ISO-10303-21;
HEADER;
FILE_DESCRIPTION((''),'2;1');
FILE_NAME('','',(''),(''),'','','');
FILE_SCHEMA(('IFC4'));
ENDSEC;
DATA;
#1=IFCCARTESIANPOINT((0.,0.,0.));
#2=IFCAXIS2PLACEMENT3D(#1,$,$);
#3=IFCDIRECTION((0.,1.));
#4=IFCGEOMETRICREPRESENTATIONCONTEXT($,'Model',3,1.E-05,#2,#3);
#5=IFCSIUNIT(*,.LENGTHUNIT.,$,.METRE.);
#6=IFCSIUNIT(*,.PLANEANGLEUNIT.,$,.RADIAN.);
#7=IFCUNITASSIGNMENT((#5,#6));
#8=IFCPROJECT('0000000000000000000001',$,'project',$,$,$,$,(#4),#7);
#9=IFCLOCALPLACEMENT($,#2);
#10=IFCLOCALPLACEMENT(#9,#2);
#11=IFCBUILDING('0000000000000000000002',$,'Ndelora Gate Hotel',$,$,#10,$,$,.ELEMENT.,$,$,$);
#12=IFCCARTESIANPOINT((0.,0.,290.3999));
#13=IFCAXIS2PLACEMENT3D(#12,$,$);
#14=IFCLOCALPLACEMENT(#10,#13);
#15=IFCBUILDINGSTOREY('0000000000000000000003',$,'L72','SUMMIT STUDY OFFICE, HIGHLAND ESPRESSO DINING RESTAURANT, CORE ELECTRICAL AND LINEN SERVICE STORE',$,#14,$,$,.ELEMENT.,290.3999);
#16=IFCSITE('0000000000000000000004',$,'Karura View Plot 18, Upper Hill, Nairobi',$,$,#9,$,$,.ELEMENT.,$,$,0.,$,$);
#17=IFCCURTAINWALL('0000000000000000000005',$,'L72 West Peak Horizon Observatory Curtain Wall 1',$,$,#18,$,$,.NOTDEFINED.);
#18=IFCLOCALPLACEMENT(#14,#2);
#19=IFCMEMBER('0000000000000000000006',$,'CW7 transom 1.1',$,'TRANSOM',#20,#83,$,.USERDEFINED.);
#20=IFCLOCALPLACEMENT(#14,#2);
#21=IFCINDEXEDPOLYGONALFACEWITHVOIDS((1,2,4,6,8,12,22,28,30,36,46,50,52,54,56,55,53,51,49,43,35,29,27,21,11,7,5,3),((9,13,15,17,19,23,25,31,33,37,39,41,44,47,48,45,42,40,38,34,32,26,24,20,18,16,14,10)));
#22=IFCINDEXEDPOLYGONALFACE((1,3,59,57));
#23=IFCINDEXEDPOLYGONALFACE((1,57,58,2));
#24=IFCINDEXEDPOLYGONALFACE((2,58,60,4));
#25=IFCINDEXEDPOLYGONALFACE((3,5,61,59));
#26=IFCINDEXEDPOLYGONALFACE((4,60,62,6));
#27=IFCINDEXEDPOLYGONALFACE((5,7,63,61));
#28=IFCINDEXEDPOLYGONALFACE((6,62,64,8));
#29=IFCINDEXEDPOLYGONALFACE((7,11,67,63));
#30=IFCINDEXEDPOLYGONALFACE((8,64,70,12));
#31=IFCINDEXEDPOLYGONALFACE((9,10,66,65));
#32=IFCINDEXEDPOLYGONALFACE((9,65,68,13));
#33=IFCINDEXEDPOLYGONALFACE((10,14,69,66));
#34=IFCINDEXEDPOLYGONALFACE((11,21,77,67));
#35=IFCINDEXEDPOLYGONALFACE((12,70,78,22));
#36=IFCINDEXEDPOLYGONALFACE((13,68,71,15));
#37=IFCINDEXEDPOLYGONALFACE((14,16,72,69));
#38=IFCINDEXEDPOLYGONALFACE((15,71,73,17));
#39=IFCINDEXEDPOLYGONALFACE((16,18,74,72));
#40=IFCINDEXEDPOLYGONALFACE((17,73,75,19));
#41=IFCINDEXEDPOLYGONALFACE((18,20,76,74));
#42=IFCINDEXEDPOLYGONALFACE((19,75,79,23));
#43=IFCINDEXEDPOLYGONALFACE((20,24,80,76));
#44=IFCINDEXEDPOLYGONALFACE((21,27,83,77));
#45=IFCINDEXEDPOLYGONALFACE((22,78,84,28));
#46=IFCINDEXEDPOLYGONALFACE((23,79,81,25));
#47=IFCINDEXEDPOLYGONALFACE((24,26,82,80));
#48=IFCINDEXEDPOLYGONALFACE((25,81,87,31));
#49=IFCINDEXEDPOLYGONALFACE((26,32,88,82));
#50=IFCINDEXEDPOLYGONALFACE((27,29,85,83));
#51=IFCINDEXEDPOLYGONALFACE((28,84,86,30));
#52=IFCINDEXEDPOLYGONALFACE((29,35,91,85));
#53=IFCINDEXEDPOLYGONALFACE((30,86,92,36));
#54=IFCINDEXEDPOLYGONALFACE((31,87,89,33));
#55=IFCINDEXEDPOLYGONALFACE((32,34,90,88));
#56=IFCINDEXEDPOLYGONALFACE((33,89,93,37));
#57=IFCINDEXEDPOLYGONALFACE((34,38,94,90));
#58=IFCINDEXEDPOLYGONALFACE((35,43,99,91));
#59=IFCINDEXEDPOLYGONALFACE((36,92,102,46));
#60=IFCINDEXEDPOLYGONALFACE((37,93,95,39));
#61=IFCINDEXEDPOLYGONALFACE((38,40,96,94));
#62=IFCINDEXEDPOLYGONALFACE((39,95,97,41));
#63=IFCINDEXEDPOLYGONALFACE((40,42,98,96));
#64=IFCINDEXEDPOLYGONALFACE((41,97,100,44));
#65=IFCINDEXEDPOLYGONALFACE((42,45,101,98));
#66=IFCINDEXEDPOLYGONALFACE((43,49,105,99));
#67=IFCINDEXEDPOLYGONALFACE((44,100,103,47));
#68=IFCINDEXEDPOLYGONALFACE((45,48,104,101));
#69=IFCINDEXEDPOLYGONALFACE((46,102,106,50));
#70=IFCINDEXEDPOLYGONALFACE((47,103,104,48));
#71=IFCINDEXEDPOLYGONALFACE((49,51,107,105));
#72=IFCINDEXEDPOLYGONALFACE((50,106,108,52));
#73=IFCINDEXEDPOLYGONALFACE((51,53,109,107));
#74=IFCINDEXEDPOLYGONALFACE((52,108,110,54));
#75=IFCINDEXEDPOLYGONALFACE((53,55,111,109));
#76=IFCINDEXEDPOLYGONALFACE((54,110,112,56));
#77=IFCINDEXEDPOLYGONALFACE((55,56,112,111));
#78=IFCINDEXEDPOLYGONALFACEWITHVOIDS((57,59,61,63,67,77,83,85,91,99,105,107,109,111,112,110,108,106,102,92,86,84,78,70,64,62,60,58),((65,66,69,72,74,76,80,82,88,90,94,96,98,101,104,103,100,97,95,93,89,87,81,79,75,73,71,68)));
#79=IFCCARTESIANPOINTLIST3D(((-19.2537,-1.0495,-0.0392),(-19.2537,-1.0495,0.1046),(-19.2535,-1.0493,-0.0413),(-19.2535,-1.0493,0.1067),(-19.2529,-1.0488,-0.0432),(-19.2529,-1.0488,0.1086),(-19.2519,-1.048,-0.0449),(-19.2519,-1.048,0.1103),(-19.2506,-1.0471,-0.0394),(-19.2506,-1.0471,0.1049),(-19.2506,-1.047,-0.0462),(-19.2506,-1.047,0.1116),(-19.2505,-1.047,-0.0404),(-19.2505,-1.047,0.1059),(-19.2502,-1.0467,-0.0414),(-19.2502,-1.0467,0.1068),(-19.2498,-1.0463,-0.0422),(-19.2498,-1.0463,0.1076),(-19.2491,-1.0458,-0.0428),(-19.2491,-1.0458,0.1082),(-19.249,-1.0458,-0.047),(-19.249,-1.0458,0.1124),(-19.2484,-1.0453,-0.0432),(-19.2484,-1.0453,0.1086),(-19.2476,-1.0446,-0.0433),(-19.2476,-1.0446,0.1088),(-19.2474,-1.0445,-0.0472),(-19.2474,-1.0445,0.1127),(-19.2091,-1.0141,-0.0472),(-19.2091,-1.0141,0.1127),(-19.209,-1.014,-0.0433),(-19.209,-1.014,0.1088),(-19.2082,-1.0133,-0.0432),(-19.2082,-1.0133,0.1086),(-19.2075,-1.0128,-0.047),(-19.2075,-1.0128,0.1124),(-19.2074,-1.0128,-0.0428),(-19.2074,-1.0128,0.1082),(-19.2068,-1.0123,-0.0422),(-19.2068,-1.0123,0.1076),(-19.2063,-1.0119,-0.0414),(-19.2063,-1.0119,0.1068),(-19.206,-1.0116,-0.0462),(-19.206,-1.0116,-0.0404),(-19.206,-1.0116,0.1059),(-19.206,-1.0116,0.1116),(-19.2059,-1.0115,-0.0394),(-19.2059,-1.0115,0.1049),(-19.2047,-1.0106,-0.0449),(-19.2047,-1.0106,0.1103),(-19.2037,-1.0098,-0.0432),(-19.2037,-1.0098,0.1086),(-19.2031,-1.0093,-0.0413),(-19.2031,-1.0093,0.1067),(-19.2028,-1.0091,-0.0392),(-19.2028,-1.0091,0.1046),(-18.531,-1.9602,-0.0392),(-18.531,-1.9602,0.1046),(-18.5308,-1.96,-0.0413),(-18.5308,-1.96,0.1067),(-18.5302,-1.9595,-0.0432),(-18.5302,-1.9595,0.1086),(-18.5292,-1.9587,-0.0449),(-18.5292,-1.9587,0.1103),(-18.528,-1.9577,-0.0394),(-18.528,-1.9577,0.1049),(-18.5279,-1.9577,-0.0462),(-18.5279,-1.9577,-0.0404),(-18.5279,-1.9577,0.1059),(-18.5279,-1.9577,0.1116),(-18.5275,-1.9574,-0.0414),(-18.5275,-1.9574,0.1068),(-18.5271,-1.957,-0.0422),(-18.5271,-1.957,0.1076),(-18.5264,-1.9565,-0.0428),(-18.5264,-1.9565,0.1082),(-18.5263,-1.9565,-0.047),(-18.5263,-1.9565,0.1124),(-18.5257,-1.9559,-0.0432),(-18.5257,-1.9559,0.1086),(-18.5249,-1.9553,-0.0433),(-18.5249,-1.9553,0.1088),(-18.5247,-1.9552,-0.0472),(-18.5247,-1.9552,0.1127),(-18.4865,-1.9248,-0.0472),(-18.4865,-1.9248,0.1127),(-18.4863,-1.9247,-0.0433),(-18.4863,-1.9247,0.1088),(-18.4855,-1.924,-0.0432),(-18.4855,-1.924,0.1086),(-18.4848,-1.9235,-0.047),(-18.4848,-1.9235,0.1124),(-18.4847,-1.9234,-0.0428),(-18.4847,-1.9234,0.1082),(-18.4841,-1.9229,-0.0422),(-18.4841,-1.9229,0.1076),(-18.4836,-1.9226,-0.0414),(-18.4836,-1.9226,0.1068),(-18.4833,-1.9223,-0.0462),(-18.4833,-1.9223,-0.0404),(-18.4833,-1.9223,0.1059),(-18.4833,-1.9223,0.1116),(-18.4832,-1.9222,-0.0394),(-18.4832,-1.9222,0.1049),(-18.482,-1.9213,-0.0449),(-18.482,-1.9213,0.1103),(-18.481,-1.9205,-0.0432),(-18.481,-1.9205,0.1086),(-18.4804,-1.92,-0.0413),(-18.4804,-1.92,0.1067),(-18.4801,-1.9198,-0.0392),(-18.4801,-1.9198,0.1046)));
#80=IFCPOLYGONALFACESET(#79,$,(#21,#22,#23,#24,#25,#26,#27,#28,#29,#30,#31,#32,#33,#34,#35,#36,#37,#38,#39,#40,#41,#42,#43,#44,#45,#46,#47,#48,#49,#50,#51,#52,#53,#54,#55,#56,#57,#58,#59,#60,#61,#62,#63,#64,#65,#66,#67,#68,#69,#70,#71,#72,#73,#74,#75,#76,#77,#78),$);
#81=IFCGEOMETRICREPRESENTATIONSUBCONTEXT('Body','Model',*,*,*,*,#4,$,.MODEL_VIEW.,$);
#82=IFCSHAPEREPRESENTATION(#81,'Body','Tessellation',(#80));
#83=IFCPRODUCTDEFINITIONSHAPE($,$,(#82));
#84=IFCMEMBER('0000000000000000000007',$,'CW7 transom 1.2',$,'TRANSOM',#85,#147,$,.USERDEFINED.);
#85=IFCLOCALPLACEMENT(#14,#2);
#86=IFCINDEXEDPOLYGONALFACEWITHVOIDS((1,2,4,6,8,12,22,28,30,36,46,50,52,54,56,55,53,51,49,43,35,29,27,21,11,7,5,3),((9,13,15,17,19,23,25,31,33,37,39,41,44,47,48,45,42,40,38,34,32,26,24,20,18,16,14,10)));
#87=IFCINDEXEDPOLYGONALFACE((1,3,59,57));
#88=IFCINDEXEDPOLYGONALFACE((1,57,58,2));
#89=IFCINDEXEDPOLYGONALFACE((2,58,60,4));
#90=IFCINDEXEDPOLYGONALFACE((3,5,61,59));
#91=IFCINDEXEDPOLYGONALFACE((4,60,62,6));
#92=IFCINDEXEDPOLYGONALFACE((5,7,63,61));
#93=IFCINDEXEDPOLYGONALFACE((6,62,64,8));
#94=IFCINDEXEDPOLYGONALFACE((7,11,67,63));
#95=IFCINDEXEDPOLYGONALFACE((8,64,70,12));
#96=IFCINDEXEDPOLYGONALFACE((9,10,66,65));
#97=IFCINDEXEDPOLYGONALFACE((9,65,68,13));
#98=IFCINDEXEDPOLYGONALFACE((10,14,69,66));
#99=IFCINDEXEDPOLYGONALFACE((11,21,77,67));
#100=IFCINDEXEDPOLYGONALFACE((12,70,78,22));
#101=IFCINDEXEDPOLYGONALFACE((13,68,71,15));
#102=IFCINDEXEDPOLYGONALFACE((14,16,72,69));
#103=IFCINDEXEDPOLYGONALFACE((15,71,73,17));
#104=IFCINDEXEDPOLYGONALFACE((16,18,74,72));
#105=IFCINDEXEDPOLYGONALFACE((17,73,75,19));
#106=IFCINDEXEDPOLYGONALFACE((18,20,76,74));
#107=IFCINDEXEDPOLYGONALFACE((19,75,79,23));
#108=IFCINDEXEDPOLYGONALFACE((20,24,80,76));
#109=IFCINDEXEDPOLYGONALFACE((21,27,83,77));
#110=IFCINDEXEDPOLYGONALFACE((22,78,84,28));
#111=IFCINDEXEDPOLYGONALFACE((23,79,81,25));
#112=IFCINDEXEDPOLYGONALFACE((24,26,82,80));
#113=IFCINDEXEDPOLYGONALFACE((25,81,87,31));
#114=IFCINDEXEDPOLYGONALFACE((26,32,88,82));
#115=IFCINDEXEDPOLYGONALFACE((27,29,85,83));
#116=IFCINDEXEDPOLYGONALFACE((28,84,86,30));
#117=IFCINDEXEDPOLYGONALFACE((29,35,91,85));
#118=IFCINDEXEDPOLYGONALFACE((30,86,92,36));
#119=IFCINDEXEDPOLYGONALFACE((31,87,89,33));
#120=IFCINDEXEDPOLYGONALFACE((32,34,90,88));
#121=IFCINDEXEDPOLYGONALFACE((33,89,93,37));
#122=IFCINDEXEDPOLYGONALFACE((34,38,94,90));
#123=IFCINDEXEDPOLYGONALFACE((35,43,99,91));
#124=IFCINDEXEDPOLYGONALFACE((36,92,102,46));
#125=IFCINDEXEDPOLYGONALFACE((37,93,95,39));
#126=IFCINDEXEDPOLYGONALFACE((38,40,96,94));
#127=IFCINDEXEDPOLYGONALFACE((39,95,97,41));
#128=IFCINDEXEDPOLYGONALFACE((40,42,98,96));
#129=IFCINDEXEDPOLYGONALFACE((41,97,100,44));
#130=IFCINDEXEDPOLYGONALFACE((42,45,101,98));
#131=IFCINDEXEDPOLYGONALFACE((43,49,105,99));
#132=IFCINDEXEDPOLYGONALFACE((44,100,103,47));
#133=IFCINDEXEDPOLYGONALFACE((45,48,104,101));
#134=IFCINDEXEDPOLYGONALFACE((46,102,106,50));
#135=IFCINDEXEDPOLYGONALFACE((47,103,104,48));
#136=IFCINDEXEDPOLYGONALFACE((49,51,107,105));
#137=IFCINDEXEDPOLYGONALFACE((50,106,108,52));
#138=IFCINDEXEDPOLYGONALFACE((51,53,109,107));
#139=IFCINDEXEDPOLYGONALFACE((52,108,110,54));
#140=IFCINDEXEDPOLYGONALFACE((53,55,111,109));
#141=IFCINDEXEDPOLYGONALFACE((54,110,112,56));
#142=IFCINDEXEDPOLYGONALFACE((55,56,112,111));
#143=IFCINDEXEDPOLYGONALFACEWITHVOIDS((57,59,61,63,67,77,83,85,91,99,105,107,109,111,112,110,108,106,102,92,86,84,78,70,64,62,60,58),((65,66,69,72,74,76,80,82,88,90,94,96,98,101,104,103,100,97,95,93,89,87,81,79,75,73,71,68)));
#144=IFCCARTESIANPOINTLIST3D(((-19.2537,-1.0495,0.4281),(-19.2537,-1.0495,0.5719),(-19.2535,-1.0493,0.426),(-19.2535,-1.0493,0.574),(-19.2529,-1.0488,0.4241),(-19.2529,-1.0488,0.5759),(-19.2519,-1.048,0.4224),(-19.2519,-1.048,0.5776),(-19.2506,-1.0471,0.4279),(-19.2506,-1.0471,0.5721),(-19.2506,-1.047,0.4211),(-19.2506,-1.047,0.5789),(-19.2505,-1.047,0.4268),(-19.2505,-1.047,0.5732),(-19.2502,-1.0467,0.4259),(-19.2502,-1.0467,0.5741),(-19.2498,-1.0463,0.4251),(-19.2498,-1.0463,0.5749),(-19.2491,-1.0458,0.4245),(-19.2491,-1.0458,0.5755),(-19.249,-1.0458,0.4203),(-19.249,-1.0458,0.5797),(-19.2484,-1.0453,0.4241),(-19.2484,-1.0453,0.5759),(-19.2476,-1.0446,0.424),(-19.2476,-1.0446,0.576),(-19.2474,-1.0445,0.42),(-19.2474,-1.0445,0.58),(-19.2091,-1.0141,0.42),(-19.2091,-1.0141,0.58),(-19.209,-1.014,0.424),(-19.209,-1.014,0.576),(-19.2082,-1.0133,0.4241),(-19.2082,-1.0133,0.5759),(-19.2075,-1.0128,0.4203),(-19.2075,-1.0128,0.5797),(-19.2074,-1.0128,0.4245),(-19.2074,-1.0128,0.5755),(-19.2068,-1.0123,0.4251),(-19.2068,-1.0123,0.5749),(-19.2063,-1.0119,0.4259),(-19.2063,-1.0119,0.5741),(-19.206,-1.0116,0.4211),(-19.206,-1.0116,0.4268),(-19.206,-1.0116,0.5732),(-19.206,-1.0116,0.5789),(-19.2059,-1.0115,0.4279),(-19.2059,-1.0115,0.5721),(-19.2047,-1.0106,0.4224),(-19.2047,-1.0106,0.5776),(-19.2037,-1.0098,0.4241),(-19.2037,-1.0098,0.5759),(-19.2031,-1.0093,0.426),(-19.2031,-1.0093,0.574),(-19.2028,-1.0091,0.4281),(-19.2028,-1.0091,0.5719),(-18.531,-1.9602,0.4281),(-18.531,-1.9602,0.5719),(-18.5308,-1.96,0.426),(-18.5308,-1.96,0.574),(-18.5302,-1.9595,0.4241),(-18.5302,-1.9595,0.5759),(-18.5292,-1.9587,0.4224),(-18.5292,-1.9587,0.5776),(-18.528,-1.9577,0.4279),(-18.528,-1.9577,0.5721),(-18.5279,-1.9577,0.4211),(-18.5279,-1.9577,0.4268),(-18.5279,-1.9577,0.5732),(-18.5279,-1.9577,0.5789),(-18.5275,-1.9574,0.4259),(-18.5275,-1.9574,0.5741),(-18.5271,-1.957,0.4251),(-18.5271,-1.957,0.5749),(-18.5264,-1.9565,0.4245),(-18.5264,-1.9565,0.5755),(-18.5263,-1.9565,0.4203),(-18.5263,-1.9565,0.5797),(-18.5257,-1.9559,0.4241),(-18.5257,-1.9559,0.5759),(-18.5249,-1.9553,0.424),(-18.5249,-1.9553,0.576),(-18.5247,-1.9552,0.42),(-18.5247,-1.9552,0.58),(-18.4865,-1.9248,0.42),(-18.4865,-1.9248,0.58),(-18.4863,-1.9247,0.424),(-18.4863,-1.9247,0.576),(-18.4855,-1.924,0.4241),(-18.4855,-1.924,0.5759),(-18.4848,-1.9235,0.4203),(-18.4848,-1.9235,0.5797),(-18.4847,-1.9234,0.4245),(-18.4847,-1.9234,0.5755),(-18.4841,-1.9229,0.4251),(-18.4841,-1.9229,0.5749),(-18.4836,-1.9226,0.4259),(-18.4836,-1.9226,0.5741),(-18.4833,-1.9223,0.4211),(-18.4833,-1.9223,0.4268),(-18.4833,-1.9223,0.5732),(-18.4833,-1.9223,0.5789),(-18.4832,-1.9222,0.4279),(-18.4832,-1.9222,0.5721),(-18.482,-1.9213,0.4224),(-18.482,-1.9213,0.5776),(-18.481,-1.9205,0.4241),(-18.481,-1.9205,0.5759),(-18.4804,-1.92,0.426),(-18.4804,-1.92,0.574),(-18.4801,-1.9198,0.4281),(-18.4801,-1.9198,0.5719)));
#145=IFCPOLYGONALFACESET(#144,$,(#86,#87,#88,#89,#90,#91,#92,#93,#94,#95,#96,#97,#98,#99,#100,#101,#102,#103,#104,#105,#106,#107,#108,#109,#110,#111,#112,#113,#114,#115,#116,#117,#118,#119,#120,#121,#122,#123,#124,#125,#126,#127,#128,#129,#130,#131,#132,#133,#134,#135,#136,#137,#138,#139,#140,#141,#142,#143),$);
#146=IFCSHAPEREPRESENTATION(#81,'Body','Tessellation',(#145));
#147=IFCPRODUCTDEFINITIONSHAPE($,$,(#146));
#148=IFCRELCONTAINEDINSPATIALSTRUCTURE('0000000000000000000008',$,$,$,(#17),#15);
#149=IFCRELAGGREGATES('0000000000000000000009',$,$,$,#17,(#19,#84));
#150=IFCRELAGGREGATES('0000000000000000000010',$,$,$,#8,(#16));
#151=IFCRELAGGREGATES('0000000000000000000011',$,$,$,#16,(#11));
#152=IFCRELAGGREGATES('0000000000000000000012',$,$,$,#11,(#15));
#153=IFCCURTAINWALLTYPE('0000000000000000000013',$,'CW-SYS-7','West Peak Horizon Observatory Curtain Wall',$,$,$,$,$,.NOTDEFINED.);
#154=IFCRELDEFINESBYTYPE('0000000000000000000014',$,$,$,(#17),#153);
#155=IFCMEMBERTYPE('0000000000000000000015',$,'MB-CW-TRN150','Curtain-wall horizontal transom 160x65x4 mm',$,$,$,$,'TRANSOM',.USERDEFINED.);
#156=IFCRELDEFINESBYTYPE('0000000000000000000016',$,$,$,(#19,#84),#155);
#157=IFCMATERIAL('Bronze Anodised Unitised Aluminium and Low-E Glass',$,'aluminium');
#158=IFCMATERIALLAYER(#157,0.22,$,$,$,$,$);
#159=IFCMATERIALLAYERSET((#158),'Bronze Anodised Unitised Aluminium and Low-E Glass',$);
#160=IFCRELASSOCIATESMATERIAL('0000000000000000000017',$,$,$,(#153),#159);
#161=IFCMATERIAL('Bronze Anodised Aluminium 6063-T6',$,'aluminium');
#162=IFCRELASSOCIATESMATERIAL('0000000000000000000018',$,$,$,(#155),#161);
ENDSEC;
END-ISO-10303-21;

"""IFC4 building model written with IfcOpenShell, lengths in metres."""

from ifc_helpers import new_model, si_unit, direction, frame, origin, origin_2d, place, context, subcontext, project, spatial, hollow_rectangle, extrude, material, layer, layer_set, material_profile, profile_set, type_object, element, aggregate, save


model = new_model("IFC4")

# Units and contexts
model_context = context("Model", 3, precision=1e-05, world=origin(), true_north=direction((0.0, 1.0)))
body_context = subcontext(model_context, "Body", "Model", "MODEL_VIEW")
ifc_project = project(units=[si_unit("LENGTHUNIT", "METRE"), si_unit("PLANEANGLEUNIT", "RADIAN")], contexts=[model_context])

# Site, building, storey
site_placement = place(None, origin())
site = spatial("IfcSite", under=ifc_project, at=site_placement, Name="Karura View Plot 18, Upper Hill, Nairobi", CompositionType="ELEMENT", RefElevation=0.0)
building_placement = place(site_placement, origin())
building = spatial("IfcBuilding", under=site, at=building_placement, Name="Ndelora Gate Hotel", CompositionType="ELEMENT")
storey_placement = place(building_placement, frame((0.0, 0.0, 290.3999)))
storey = spatial("IfcBuildingStorey", under=building, at=storey_placement, Name="L72", Description="SUMMIT STUDY OFFICE, HIGHLAND ESPRESSO DINING RESTAURANT, CORE ELECTRICAL AND LINEN SERVICE STORE", CompositionType="ELEMENT", Elevation=290.3999)

# Curtain wall
ifc_material_1 = material(Name="Bronze Anodised Unitised Aluminium and Low-E Glass", Category="aluminium")
ifc_layer_1 = layer(ifc_material_1, 0.22)
ifc_layer_set_1 = layer_set([ifc_layer_1], Name="Bronze Anodised Unitised Aluminium and Low-E Glass")
curtain_wall_type = type_object("IfcCurtainWallType", Name="CW-SYS-7", Description="West Peak Horizon Observatory Curtain Wall", PredefinedType="NOTDEFINED", material=ifc_layer_set_1)
curtain_wall_1_placement = place(storey_placement, origin())
curtain_wall_1 = element("IfcCurtainWall", 1, at=curtain_wall_1_placement, inside=storey, type_object=curtain_wall_type, Name="L72 West Peak Horizon Observatory Curtain Wall 1", PredefinedType="NOTDEFINED")
ifc_material_2 = material(Name="Bronze Anodised Aluminium 6063-T6", Category="aluminium")

# Members
ifc_material_profile_1 = material_profile(ifc_material_2, hollow_rectangle(XDim=0.0649, YDim=0.1599, WallThickness=0.0039, InnerFilletRadius=0.0039, OuterFilletRadius=0.0081, at=origin_2d()), Name="ALU 160x65x4")
ifc_profile_set_1 = profile_set([ifc_material_profile_1], Name="Bronze Anodised Aluminium 6063-T6")
member_type_1 = type_object("IfcMemberType", Name="MB-CW-TRN150", Description="Curtain-wall horizontal transom 160x65x4 mm", ElementType="TRANSOM", PredefinedType="USERDEFINED", material=ifc_profile_set_1)
member_1_placement = place(storey_placement, frame((-19.2283, -1.0293, 0.0327), z_axis=(0.621617, -0.783321, 0.0), x_axis=(0.783321, 0.621617, 0.0)))
member_1 = element("IfcMember", 2, at=member_1_placement, type_object=member_type_1, Name="CW7 transom 1.1", ObjectType="TRANSOM", PredefinedType="USERDEFINED", context=body_context, shape_type="SweptSolid", body=[
    extrude(hollow_rectangle(XDim=0.0649, YDim=0.1599, WallThickness=0.0039, InnerFilletRadius=0.0039, OuterFilletRadius=0.0081, at=origin_2d()), origin(), (0.0, 0.0, 1.0), 1.1626),
])
member_2_placement = place(storey_placement, frame((-19.2283, -1.0293, 0.5), z_axis=(0.621617, -0.783321, 0.0), x_axis=(0.783321, 0.621617, 0.0)))
member_2 = element("IfcMember", 3, at=member_2_placement, type_object=member_type_1, Name="CW7 transom 1.2", ObjectType="TRANSOM", PredefinedType="USERDEFINED", context=body_context, shape_type="SweptSolid", body=[
    extrude(hollow_rectangle(XDim=0.0649, YDim=0.1599, WallThickness=0.0039, InnerFilletRadius=0.0039, OuterFilletRadius=0.0081, at=origin_2d()), origin(), (0.0, 0.0, 1.0), 1.1626),
])

aggregate(curtain_wall_1, [member_1, member_2])

save(model, "model.ifc")
